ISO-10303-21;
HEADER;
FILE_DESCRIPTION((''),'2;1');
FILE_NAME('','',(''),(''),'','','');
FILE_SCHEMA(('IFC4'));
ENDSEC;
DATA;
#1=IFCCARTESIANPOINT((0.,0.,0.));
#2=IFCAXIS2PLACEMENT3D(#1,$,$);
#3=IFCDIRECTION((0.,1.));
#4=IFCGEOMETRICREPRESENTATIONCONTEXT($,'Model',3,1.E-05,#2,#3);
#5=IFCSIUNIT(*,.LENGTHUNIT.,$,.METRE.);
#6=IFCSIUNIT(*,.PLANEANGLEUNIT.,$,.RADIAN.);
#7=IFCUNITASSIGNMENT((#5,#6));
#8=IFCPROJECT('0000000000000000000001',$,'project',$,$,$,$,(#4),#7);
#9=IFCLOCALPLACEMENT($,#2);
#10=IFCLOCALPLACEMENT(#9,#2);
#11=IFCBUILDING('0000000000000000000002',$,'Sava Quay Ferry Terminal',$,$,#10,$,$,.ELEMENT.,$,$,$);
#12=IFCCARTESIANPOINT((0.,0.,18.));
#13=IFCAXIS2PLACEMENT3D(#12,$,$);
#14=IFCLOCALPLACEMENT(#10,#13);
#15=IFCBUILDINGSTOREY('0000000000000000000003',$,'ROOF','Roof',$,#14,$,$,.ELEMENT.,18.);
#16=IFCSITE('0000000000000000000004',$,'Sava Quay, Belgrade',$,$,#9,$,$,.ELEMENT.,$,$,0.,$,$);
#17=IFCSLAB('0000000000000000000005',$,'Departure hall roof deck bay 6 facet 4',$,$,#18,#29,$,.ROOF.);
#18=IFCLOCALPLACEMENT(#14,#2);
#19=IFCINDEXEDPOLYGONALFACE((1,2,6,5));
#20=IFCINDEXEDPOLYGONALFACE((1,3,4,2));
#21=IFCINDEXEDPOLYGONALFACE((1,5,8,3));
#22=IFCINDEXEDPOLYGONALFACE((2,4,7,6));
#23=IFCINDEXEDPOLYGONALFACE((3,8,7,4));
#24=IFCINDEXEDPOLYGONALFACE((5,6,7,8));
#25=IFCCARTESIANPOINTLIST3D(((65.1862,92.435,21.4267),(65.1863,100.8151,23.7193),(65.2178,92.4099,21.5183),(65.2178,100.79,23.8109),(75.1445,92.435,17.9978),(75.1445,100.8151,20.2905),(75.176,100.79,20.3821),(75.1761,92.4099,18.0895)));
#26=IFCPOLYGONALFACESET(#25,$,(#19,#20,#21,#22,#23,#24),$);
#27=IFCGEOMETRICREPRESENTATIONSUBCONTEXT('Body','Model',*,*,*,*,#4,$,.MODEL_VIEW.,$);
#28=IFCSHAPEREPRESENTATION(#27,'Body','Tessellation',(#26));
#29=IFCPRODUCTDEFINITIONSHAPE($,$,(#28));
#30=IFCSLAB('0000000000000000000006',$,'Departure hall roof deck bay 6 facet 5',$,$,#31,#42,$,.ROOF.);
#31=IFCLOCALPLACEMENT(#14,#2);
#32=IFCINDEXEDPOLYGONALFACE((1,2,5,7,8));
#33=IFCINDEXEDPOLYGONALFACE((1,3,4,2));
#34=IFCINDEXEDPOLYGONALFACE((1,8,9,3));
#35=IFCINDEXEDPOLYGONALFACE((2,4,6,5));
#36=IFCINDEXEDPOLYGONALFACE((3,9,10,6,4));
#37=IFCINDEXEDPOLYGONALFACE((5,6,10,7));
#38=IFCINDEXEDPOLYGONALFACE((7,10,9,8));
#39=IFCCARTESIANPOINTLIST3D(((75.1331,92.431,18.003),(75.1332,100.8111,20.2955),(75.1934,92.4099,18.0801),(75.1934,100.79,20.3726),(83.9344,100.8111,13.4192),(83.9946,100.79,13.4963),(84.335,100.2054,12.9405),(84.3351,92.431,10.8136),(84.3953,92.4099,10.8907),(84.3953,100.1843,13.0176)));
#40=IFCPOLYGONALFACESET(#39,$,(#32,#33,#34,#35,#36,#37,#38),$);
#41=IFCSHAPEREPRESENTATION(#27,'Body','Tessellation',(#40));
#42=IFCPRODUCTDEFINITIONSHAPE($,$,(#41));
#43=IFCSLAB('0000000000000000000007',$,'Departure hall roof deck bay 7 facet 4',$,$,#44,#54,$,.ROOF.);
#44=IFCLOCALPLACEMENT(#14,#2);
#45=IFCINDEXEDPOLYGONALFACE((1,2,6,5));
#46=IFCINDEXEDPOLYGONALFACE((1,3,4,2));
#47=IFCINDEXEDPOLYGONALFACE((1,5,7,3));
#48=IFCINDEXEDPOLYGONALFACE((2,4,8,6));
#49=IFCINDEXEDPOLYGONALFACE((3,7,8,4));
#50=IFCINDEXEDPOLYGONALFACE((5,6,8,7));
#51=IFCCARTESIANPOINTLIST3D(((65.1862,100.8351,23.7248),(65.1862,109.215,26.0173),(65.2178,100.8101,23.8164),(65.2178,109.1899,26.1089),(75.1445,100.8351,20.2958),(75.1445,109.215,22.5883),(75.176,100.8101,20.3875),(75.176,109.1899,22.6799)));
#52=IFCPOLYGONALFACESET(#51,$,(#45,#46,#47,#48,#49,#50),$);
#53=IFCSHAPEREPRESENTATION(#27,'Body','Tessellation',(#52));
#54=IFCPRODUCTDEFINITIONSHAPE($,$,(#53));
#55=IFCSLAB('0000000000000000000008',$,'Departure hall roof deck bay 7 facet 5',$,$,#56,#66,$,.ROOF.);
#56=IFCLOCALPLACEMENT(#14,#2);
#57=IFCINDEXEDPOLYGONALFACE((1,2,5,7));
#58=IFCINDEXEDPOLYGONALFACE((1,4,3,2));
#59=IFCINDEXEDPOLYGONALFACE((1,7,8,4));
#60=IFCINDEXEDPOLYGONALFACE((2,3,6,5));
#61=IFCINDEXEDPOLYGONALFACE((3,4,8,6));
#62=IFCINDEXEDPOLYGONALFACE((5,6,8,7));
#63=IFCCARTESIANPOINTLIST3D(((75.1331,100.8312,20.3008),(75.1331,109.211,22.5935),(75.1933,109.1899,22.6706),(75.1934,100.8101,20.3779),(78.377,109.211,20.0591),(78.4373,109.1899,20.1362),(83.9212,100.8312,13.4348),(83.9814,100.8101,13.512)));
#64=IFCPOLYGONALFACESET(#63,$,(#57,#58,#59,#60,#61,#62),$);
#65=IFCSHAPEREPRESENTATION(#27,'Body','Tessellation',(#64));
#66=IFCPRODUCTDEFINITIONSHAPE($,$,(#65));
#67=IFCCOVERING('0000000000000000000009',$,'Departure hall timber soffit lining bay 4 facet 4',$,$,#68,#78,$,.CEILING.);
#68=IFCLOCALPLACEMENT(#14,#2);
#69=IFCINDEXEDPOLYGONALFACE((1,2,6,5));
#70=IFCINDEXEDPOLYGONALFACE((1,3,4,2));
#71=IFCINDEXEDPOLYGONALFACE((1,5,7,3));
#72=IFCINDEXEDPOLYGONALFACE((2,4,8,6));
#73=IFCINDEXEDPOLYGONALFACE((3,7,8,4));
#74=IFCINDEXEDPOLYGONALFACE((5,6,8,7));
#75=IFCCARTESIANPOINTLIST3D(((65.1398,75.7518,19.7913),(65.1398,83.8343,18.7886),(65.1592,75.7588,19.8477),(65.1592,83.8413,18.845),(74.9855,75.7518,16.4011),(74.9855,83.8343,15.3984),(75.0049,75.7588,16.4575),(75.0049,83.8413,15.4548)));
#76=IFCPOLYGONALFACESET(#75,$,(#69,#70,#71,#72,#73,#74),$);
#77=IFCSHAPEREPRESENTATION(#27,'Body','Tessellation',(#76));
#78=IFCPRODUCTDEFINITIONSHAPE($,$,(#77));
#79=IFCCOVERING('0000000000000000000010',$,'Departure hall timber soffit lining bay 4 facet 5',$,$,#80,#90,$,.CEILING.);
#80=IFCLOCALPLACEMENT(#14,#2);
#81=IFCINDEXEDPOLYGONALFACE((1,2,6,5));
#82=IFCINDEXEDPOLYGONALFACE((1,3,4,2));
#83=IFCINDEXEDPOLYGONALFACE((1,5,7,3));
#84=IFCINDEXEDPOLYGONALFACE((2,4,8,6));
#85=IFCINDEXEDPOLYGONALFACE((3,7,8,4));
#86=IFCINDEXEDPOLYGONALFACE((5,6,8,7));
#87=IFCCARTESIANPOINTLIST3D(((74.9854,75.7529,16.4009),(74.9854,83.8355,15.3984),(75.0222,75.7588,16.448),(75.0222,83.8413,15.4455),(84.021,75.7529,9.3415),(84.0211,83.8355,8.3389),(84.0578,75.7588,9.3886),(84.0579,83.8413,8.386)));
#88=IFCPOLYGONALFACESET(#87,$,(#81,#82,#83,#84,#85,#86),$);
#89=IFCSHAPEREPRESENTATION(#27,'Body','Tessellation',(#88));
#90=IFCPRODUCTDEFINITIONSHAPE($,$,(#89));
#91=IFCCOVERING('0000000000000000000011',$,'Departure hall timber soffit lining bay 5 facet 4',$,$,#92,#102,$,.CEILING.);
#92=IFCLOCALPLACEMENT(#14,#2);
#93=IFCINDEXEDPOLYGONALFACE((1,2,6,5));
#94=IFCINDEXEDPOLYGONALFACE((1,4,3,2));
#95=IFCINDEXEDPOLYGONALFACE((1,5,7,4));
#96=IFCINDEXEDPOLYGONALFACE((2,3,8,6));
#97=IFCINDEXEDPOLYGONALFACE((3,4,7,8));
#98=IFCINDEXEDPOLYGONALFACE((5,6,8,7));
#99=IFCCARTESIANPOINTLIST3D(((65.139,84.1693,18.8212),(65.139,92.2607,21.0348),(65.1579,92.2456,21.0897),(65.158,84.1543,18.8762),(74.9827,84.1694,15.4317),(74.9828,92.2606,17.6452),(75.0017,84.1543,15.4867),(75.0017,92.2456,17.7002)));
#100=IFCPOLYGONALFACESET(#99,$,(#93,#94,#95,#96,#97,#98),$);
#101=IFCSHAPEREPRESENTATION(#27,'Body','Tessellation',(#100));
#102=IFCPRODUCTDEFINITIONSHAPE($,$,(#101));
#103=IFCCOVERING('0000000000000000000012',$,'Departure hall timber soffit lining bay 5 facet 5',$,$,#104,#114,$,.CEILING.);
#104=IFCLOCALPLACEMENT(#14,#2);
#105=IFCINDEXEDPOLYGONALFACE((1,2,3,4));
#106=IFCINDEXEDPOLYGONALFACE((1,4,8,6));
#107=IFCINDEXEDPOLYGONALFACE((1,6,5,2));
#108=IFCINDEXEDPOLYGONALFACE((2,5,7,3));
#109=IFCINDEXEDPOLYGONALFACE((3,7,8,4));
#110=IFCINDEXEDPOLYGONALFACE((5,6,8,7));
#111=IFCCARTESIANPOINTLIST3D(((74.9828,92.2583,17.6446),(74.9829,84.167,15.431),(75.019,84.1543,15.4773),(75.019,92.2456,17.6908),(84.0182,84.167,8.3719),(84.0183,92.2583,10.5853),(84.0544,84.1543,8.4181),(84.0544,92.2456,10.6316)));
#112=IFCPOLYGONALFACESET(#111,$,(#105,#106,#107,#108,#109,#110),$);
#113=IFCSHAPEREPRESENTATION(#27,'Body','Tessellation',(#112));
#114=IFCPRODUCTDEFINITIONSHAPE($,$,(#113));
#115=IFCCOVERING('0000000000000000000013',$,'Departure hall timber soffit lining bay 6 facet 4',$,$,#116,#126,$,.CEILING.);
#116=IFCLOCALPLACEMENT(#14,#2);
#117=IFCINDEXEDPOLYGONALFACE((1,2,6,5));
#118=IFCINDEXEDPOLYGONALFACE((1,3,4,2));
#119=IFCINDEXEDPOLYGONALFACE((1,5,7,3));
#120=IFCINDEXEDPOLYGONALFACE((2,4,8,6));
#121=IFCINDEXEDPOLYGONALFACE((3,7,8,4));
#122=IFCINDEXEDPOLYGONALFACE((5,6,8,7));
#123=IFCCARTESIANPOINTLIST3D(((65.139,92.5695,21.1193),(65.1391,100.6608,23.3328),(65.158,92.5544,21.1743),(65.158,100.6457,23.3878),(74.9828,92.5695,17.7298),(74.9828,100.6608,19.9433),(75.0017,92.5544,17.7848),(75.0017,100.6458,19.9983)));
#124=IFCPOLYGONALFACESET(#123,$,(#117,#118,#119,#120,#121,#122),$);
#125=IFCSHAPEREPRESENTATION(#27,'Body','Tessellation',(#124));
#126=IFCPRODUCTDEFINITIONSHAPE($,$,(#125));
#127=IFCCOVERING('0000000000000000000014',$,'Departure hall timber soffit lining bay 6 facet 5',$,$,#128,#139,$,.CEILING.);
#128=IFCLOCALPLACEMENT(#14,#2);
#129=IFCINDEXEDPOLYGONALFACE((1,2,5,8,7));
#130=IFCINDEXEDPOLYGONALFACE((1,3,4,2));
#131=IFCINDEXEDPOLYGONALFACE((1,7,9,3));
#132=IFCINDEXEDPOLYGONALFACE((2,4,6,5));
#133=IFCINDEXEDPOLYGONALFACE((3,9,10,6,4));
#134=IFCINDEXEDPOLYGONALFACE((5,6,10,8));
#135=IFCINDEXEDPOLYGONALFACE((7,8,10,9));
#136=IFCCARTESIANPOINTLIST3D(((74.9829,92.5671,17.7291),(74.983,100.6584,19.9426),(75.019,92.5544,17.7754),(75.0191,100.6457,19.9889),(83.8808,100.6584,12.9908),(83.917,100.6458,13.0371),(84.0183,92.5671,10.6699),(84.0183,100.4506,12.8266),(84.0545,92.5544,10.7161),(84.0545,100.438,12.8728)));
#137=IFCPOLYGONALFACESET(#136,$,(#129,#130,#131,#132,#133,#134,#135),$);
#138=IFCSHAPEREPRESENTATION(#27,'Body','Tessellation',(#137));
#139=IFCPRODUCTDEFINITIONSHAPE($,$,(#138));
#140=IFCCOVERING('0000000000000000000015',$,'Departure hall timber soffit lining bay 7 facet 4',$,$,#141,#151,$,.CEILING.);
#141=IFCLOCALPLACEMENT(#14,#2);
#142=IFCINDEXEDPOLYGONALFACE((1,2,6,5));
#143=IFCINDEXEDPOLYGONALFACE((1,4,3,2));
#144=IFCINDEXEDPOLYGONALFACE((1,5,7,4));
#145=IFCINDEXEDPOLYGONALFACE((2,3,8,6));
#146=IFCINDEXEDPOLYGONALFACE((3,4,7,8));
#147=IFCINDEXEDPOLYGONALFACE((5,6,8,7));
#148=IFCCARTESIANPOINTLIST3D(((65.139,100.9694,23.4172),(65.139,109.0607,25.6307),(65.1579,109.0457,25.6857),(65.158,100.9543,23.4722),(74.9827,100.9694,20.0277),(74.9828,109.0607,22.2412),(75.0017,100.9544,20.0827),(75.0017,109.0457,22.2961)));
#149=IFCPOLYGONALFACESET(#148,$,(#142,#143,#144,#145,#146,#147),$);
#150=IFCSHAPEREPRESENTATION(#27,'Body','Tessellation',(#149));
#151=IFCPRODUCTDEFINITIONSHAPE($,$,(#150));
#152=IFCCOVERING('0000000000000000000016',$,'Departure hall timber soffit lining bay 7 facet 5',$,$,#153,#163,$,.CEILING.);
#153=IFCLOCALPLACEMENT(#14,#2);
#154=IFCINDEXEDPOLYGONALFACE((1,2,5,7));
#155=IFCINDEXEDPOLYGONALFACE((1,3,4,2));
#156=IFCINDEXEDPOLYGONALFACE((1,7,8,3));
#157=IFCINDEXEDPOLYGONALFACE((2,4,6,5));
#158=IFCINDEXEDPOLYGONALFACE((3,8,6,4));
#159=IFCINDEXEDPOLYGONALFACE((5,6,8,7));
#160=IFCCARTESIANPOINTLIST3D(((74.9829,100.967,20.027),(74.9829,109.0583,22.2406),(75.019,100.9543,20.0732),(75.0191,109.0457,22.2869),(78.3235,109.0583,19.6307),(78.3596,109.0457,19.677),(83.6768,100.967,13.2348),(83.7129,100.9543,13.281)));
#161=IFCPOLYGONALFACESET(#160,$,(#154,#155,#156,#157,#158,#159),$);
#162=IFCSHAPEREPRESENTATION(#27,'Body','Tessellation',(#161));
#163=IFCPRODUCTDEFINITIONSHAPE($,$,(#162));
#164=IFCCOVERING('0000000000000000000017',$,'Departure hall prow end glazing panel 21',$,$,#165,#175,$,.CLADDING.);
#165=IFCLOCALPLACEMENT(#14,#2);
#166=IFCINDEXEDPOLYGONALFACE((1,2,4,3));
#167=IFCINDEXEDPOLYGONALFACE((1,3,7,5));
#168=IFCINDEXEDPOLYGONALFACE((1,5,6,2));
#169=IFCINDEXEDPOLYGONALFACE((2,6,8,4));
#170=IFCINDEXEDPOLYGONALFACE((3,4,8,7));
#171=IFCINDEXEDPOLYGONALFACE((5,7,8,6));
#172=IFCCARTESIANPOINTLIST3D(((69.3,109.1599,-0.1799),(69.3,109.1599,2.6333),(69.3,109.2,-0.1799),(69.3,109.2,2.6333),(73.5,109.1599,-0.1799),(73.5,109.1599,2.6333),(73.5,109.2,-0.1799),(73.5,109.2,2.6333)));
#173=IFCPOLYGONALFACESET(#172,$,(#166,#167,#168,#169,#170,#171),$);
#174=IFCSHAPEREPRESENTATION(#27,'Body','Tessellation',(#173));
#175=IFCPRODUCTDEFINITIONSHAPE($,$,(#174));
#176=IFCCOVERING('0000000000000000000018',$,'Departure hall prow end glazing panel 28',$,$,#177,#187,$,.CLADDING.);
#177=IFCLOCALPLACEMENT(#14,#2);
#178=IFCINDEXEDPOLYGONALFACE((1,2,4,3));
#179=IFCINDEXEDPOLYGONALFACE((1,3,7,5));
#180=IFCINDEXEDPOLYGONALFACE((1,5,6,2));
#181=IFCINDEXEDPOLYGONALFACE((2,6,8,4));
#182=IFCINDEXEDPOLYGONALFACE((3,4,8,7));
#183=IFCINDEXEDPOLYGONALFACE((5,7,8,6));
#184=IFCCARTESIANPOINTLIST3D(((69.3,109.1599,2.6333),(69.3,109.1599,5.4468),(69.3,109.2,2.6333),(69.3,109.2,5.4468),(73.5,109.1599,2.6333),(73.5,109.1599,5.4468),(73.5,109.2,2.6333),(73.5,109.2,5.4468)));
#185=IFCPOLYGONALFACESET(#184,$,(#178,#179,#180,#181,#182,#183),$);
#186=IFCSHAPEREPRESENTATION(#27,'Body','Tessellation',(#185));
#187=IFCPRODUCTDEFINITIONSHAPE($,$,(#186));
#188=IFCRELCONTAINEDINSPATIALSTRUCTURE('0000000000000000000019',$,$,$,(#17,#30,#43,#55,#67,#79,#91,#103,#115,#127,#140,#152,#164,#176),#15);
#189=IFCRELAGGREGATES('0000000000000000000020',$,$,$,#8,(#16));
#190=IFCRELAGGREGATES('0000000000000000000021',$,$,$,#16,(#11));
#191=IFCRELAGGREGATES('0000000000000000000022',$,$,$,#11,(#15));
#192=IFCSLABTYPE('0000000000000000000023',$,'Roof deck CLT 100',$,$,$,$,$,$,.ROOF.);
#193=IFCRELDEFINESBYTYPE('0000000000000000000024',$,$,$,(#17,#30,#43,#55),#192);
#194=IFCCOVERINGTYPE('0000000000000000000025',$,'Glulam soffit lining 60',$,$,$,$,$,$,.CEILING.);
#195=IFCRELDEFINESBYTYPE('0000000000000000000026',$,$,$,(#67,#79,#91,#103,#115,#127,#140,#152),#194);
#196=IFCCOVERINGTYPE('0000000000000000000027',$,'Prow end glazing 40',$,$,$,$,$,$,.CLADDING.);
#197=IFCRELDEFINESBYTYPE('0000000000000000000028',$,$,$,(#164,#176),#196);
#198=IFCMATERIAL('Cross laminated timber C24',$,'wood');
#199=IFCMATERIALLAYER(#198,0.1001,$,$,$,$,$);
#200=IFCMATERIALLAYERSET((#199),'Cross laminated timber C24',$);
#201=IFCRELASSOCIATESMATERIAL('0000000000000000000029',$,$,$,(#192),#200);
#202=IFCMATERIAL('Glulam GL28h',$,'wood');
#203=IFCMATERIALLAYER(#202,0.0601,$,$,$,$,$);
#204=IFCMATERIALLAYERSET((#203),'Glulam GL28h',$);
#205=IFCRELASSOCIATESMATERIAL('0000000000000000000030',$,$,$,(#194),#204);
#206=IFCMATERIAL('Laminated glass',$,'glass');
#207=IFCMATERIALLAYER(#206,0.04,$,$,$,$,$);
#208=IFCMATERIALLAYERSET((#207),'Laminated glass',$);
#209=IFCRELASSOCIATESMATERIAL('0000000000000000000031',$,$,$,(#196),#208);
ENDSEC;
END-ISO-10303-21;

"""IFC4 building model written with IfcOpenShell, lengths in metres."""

from ifc_helpers import new_model, si_unit, direction, frame, origin, place, context, subcontext, project, spatial, polyline, outline, extrude, material, layer, layer_set, type_object, element, save


model = new_model("IFC4")

# Units and contexts
model_context = context("Model", 3, precision=1e-05, world=origin(), true_north=direction((0.0, 1.0)))
body_context = subcontext(model_context, "Body", "Model", "MODEL_VIEW")
ifc_project = project(units=[si_unit("LENGTHUNIT", "METRE"), si_unit("PLANEANGLEUNIT", "RADIAN")], contexts=[model_context])

# Site, building, storey
site_placement = place(None, origin())
site = spatial("IfcSite", under=ifc_project, at=site_placement, Name="Sava Quay, Belgrade", CompositionType="ELEMENT", RefElevation=0.0)
building_placement = place(site_placement, origin())
building = spatial("IfcBuilding", under=site, at=building_placement, Name="Sava Quay Ferry Terminal", CompositionType="ELEMENT")
storey_placement = place(building_placement, frame((0.0, 0.0, 18.0)))
storey = spatial("IfcBuildingStorey", under=building, at=storey_placement, Name="ROOF", Description="Roof", CompositionType="ELEMENT", Elevation=18.0)

# Slabs
ifc_material_1 = material(Name="Cross laminated timber C24", Category="wood")
ifc_layer_1 = layer(ifc_material_1, 0.1001)
ifc_layer_set_1 = layer_set([ifc_layer_1], Name="Cross laminated timber C24")
slab_type = type_object("IfcSlabType", Name="Roof deck CLT 100", PredefinedType="ROOF", material=ifc_layer_set_1)
slab_1_placement = place(storey_placement, frame((65.2178, 92.4099, 21.5183), z_axis=(0.315188, -0.250429, 0.915391), x_axis=(0.000004, 0.964556, 0.263878)))
element("IfcSlab", 1, at=slab_1_placement, inside=storey, type_object=slab_type, Name="Departure hall roof deck bay 6 facet 4", PredefinedType="ROOF", context=body_context, shape_type="SweptSolid", body=[
    extrude(outline(polyline([(0.0, 0.0), (8.688, 0.0), (7.7833, -10.4931), (-0.9048, -10.4931), (0.0, 0.0)])), origin(), (0.0, 0.0, -1.0), 0.1001),
])
slab_2_placement = place(storey_placement, frame((75.1934, 92.4099, 18.0801), z_axis=(0.601838, -0.210738, 0.770312), x_axis=(0.000006, 0.964557, 0.263874)))
element("IfcSlab", 2, at=slab_2_placement, inside=storey, type_object=slab_type, Name="Departure hall roof deck bay 6 facet 5", PredefinedType="ROOF", context=body_context, shape_type="SweptSolid", body=[
    extrude(outline(polyline([(0.0, 0.0), (8.688, 0.0), (6.8736, -11.0206), (6.1631, -11.5222), (-1.8971, -11.5223), (0.0, 0.0)])), origin(), (0.0, 0.0, -1.0), 0.1001),
])
slab_3_placement = place(storey_placement, frame((65.2178, 100.8101, 23.8164), z_axis=(0.315199, -0.250423, 0.91539), x_axis=(0.0, 0.964557, 0.263873)))
element("IfcSlab", 3, at=slab_3_placement, inside=storey, type_object=slab_type, Name="Departure hall roof deck bay 7 facet 4", PredefinedType="ROOF", context=body_context, shape_type="SweptSolid", body=[
    extrude(outline(polyline([(0.0, 0.0), (8.6878, 0.0), (7.783, -10.4931), (-0.9048, -10.4931), (0.0, 0.0)])), origin(), (0.0, 0.0, -1.0), 0.1001),
])
slab_4_placement = place(storey_placement, frame((75.1934, 100.8101, 20.3779), z_axis=(0.601832, -0.210754, 0.770312), x_axis=(-0.000001, 0.964551, 0.263898)))
element("IfcSlab", 4, at=slab_4_placement, inside=storey, type_object=slab_type, Name="Departure hall roof deck bay 7 facet 5", PredefinedType="ROOF", context=body_context, shape_type="SweptSolid", body=[
    extrude(outline(polyline([(0.0, 0.0), (8.6879, 0.0), (8.019, -4.0619), (-1.8119, -11.004), (0.0, 0.0)])), origin(), (0.0, 0.0, -1.0), 0.1001),
])

# Coverings
ifc_material_2 = material(Name="Glulam GL28h", Category="wood")
ifc_layer_2 = layer(ifc_material_2, 0.0601)
ifc_layer_set_2 = layer_set([ifc_layer_2], Name="Glulam GL28h")
covering_type_1 = type_object("IfcCoveringType", Name="Glulam soffit lining 60", PredefinedType="CEILING", material=ifc_layer_set_2)
covering_1_placement = place(storey_placement, frame((65.1592, 75.7588, 19.8477), z_axis=(0.32335, 0.116499, 0.939081), x_axis=(0.0, 0.992393, -0.123112)))
element("IfcCovering", 5, at=covering_1_placement, inside=storey, type_object=covering_type_1, Name="Departure hall timber soffit lining bay 4 facet 4", PredefinedType="CEILING", context=body_context, shape_type="SweptSolid", body=[
    extrude(outline(polyline([(0.0, 0.0), (8.1445, 0.0), (8.5618, -10.4046), (0.4174, -10.4046), (0.0, 0.0)])), origin(), (0.0, 0.0, -1.0), 0.0601),
])
covering_2_placement = place(storey_placement, frame((75.0222, 75.7588, 16.448), z_axis=(0.612743, 0.097282, 0.784272), x_axis=(-0.000007, 0.992395, -0.123092)))
element("IfcCovering", 6, at=covering_2_placement, inside=storey, type_object=covering_type_1, Name="Departure hall timber soffit lining bay 4 facet 5", PredefinedType="CEILING", context=body_context, shape_type="SweptSolid", body=[
    extrude(outline(polyline([(0.0, 0.0), (8.1444, 0.0), (9.0134, -11.4335), (0.8689, -11.4334), (0.0, 0.0)])), origin(), (0.0, 0.0, -1.0), 0.0601),
])
covering_3_placement = place(storey_placement, frame((65.158, 84.1543, 18.8762), z_axis=(0.315199, -0.250419, 0.915391), x_axis=(-0.000004, 0.964558, 0.263871)))
element("IfcCovering", 7, at=covering_3_placement, inside=storey, type_object=covering_type_1, Name="Departure hall timber soffit lining bay 5 facet 4", PredefinedType="CEILING", context=body_context, shape_type="SweptSolid", body=[
    extrude(outline(polyline([(0.0, 0.0), (8.3886, 0.0), (7.4942, -10.3725), (-0.8944, -10.3724), (0.0, 0.0)])), origin(), (0.0, 0.0, -1.0), 0.0601),
])
covering_4_placement = place(storey_placement, frame((75.019, 84.1543, 15.4773), z_axis=(0.601835, -0.210732, 0.770316), x_axis=(-0.000007, 0.964557, 0.263875)))
element("IfcCovering", 8, at=covering_4_placement, inside=storey, type_object=covering_type_1, Name="Departure hall timber soffit lining bay 5 facet 5", PredefinedType="CEILING", context=body_context, shape_type="SweptSolid", body=[
    extrude(outline(polyline([(0.0, 0.0), (8.3886, 0.0), (6.5258, -11.3138), (-1.8628, -11.3137), (0.0, 0.0)])), origin(), (0.0, 0.0, -1.0), 0.0601),
])
covering_5_placement = place(storey_placement, frame((65.158, 92.5544, 21.1743), z_axis=(0.315199, -0.250419, 0.915391), x_axis=(0.000004, 0.964559, 0.263868)))
element("IfcCovering", 9, at=covering_5_placement, inside=storey, type_object=covering_type_1, Name="Departure hall timber soffit lining bay 6 facet 4", PredefinedType="CEILING", context=body_context, shape_type="SweptSolid", body=[
    extrude(outline(polyline([(0.0, 0.0), (8.3886, 0.0), (7.4943, -10.3724), (-0.8944, -10.3725), (0.0, 0.0)])), origin(), (0.0, 0.0, -1.0), 0.0601),
])
covering_6_placement = place(storey_placement, frame((75.019, 92.5544, 17.7754), z_axis=(0.601836, -0.210733, 0.770315), x_axis=(0.000008, 0.964559, 0.263866)))
element("IfcCovering", 10, at=covering_6_placement, inside=storey, type_object=covering_type_1, Name="Departure hall timber soffit lining bay 6 facet 5", PredefinedType="CEILING", context=body_context, shape_type="SweptSolid", body=[
    extrude(outline(polyline([(0.0, 0.0), (8.3886, 0.0), (6.5543, -11.1416), (6.3106, -11.3137), (-1.8626, -11.3138), (0.0, 0.0)])), origin(), (0.0, 0.0, -1.0), 0.0601),
])
covering_7_placement = place(storey_placement, frame((65.158, 100.9543, 23.4722), z_axis=(0.315199, -0.250419, 0.915391), x_axis=(-0.000004, 0.964558, 0.263871)))
element("IfcCovering", 11, at=covering_7_placement, inside=storey, type_object=covering_type_1, Name="Departure hall timber soffit lining bay 7 facet 4", PredefinedType="CEILING", context=body_context, shape_type="SweptSolid", body=[
    extrude(outline(polyline([(0.0, 0.0), (8.3886, 0.0), (7.4942, -10.3725), (-0.8944, -10.3724), (0.0, 0.0)])), origin(), (0.0, 0.0, -1.0), 0.0601),
])
covering_8_placement = place(storey_placement, frame((75.019, 100.9543, 20.0732), z_axis=(0.601825, -0.210746, 0.77032), x_axis=(0.000001, 0.964554, 0.263885)))
element("IfcCovering", 12, at=covering_8_placement, inside=storey, type_object=covering_type_1, Name="Departure hall timber soffit lining bay 7 facet 5", PredefinedType="CEILING", context=body_context, shape_type="SweptSolid", body=[
    extrude(outline(polyline([(0.0, 0.0), (8.3886, 0.0), (7.6999, -4.1829), (-1.7924, -10.886), (0.0, 0.0)])), origin(), (0.0, 0.0, -1.0), 0.0601),
])
ifc_material_3 = material(Name="Laminated glass", Category="glass")
ifc_layer_3 = layer(ifc_material_3, 0.04)
ifc_layer_set_3 = layer_set([ifc_layer_3], Name="Laminated glass")
covering_type_2 = type_object("IfcCoveringType", Name="Prow end glazing 40", PredefinedType="CLADDING", material=ifc_layer_set_3)
covering_9_placement = place(storey_placement, frame((69.3, 109.2, -0.1799), z_axis=(0.0, 1.0, 0.0), x_axis=(0.0, 0.0, 1.0)))
element("IfcCovering", 13, at=covering_9_placement, inside=storey, type_object=covering_type_2, Name="Departure hall prow end glazing panel 21", PredefinedType="CLADDING", context=body_context, shape_type="SweptSolid", body=[
    extrude(outline(polyline([(0.0, 0.0), (2.8132, 0.0), (2.8132, 4.2), (0.0, 4.2), (0.0, 0.0)])), origin(), (0.0, 0.0, -1.0), 0.04),
])
covering_10_placement = place(storey_placement, frame((69.3, 109.2, 2.6333), z_axis=(0.0, 1.0, 0.0), x_axis=(0.0, 0.0, 1.0)))
element("IfcCovering", 14, at=covering_10_placement, inside=storey, type_object=covering_type_2, Name="Departure hall prow end glazing panel 28", PredefinedType="CLADDING", context=body_context, shape_type="SweptSolid", body=[
    extrude(outline(polyline([(0.0, 0.0), (2.8135, 0.0), (2.8135, 4.2), (0.0, 4.2), (0.0, 0.0)])), origin(), (0.0, 0.0, -1.0), 0.04),
])

save(model, "model.ifc")
